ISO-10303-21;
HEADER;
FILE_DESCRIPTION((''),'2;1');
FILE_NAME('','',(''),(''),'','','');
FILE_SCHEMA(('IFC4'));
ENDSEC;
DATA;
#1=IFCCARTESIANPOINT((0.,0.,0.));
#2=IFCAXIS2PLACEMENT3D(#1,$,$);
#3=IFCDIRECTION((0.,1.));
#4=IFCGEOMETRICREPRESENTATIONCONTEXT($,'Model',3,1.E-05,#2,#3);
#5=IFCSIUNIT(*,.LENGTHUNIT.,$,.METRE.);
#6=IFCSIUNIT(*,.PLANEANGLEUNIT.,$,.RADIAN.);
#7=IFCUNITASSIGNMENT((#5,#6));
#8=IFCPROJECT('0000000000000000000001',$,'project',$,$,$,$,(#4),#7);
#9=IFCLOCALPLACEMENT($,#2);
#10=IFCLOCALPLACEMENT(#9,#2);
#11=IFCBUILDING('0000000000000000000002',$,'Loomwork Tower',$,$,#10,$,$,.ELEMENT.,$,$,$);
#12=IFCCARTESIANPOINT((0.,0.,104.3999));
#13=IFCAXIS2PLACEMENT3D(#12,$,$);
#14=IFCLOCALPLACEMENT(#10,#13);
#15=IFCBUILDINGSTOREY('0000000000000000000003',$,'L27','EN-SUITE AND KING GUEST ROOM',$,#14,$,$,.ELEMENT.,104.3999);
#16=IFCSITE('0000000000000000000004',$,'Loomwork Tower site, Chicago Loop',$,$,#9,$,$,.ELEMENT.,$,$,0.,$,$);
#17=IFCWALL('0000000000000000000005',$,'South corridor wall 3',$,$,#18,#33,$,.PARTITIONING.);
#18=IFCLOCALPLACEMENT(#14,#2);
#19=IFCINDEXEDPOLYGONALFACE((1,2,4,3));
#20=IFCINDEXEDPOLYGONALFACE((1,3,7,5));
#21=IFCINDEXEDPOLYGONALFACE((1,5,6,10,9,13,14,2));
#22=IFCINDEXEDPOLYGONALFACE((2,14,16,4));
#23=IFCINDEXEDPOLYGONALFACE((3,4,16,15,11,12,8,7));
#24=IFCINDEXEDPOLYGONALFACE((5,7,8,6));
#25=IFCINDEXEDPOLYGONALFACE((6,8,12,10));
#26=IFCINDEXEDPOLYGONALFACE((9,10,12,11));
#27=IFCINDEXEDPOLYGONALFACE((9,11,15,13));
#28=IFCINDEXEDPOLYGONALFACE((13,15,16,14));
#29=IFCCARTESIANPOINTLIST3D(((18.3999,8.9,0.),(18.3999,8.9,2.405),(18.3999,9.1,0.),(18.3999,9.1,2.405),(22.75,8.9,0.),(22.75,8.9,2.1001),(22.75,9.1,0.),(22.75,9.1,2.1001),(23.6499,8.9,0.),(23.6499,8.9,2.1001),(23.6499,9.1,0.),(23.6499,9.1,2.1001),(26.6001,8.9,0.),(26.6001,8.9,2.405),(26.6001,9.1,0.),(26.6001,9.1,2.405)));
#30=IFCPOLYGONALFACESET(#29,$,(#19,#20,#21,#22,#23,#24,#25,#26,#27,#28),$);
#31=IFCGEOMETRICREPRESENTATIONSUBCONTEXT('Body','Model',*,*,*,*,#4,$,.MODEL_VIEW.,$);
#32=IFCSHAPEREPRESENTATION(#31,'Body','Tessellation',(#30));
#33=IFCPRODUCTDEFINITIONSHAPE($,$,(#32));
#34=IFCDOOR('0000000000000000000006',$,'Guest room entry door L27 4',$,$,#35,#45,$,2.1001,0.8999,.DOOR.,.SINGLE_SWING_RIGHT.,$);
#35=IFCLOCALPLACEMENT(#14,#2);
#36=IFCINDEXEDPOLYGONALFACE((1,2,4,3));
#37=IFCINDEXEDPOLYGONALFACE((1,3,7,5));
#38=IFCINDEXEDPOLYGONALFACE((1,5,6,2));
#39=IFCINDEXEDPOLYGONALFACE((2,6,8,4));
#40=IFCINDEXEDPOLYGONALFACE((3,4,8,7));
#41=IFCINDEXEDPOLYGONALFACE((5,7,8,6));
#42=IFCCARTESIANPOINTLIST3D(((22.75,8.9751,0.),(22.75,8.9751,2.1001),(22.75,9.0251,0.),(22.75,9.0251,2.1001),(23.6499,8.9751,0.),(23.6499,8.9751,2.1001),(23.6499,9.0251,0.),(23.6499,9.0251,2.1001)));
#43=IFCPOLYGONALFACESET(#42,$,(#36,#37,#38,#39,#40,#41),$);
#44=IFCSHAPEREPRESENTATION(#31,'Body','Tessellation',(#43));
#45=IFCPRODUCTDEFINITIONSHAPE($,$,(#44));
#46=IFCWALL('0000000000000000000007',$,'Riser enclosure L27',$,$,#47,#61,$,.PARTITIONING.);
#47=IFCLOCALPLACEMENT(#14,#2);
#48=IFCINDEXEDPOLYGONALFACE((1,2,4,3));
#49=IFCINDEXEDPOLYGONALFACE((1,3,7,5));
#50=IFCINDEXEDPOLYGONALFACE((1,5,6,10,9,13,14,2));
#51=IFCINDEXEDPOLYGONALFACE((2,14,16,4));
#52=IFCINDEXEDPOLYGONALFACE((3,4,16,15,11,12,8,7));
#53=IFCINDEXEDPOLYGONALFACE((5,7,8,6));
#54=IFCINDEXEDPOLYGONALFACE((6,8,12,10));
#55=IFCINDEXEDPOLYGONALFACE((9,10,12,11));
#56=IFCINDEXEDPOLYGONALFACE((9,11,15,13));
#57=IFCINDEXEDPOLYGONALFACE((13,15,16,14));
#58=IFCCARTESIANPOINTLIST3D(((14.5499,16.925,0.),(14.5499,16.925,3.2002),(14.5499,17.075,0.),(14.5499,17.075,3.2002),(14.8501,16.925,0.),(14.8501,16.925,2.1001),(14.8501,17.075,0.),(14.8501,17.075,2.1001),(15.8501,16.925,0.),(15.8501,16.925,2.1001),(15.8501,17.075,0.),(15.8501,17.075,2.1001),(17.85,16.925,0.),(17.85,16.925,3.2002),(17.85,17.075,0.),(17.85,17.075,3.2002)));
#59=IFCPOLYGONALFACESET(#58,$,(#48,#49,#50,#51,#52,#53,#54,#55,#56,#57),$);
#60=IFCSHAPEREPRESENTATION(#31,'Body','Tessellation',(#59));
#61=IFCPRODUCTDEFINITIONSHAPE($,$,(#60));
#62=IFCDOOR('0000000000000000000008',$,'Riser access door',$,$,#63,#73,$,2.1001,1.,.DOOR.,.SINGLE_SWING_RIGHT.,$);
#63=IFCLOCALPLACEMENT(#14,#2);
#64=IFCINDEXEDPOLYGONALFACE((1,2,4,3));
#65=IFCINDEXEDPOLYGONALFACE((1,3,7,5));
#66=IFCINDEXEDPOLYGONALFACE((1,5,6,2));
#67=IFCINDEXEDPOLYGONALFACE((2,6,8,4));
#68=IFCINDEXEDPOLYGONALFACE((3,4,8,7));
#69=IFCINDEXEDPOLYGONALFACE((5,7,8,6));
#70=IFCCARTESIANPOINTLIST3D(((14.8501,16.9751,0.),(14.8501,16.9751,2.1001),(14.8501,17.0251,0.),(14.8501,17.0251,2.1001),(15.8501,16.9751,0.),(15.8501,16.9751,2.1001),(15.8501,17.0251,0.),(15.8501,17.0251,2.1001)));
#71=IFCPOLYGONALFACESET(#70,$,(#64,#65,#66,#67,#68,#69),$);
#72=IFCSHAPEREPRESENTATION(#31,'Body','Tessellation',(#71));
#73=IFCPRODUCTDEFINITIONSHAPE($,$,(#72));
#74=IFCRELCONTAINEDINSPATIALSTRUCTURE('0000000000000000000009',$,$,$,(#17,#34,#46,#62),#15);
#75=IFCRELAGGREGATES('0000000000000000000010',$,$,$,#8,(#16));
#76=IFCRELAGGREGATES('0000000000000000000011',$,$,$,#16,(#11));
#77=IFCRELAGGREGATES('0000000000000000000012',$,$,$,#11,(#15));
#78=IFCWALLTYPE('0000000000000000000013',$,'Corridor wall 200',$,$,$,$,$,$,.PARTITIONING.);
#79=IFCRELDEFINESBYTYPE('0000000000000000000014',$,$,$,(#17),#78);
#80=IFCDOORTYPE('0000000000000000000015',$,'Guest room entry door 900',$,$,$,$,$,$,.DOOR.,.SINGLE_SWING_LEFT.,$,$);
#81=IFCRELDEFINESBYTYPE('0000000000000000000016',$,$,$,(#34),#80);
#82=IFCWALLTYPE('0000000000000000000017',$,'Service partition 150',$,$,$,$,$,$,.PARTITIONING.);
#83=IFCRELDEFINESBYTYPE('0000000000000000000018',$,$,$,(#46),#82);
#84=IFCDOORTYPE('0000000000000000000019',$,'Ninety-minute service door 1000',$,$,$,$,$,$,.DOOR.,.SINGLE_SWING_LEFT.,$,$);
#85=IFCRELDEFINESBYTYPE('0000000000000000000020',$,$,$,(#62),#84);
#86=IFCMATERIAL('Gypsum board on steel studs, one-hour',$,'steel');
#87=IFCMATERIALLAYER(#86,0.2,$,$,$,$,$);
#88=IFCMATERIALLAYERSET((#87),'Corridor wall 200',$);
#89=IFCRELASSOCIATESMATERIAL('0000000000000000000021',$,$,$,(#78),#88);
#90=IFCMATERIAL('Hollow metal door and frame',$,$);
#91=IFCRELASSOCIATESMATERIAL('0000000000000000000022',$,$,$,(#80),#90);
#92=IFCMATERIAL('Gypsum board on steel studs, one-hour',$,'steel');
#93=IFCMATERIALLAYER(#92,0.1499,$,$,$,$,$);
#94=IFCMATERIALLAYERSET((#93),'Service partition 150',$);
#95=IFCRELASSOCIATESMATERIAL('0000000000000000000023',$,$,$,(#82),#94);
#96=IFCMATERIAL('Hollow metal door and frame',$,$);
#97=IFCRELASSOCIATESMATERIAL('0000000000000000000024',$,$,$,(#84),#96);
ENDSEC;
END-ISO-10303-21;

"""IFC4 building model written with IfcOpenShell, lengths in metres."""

from ifc_helpers import new_model, si_unit, direction, frame, frame_2d, origin, place, context, subcontext, project, spatial, rectangle, extrude, material, layer, layer_set, type_object, element, fill, save


model = new_model("IFC4")

# Units and contexts
model_context = context("Model", 3, precision=1e-05, world=origin(), true_north=direction((0.0, 1.0)))
body_context = subcontext(model_context, "Body", "Model", "MODEL_VIEW")
ifc_project = project(units=[si_unit("LENGTHUNIT", "METRE"), si_unit("PLANEANGLEUNIT", "RADIAN")], contexts=[model_context])

# Site, building, storey
site_placement = place(None, origin())
site = spatial("IfcSite", under=ifc_project, at=site_placement, Name="Loomwork Tower site, Chicago Loop", CompositionType="ELEMENT", RefElevation=0.0)
building_placement = place(site_placement, origin())
building = spatial("IfcBuilding", under=site, at=building_placement, Name="Loomwork Tower", CompositionType="ELEMENT")
storey_placement = place(building_placement, frame((0.0, 0.0, 104.3999)))
storey = spatial("IfcBuildingStorey", under=building, at=storey_placement, Name="L27", Description="EN-SUITE AND KING GUEST ROOM", CompositionType="ELEMENT", Elevation=104.3999)

# Walls, openings, doors
ifc_material_1 = material(Name="Gypsum board on steel studs, one-hour", Category="steel")
ifc_layer_1 = layer(ifc_material_1, 0.2)
ifc_layer_set_1 = layer_set([ifc_layer_1], Name="Corridor wall 200")
wall_type_1 = type_object("IfcWallType", Name="Corridor wall 200", PredefinedType="PARTITIONING", material=ifc_layer_set_1)
wall_1_placement = place(storey_placement, frame((18.3999, 9.0, 0.0), z_axis=(0.0, 0.0, 1.0), x_axis=(1.0, 0.0, 0.0)))
wall_1 = element("IfcWall", 1, at=wall_1_placement, inside=storey, type_object=wall_type_1, Name="South corridor wall 3", PredefinedType="PARTITIONING", context=body_context, shape_type="SweptSolid", body=[
    extrude(rectangle(XDim=8.2002, YDim=0.2, at=frame_2d((4.1001, 0.0))), origin(), (0.0, 0.0, 1.0), 2.405),
])
opening_1_placement = place(wall_1_placement, frame((4.3501, 0.0, 0.0)))
opening_1 = element("IfcOpeningElement", 2, at=opening_1_placement, cuts=wall_1, PredefinedType="OPENING", context=body_context, shape_type="SweptSolid", body=[
    extrude(rectangle(XDim=0.8999, YDim=2.1001, at=frame_2d((0.45, 1.05))), frame((0.0, 0.1099, 0.0), z_axis=(0.0, -1.0, 0.0), x_axis=(1.0, 0.0, 0.0)), (0.0, 0.0, 1.0), 0.22),
])
ifc_material_2 = material(Name="Hollow metal door and frame")
door_type_1 = type_object("IfcDoorType", Name="Guest room entry door 900", OperationType="SINGLE_SWING_LEFT", PredefinedType="DOOR", material=ifc_material_2)
door_1_placement = place(opening_1_placement, frame((0.8999, 0.0, 0.0), z_axis=(0.0, 0.0, 1.0), x_axis=(-1.0, 0.0, 0.0)))
door_1 = element("IfcDoor", 3, at=door_1_placement, inside=storey, type_object=door_type_1, Name="Guest room entry door L27 4", OperationType="SINGLE_SWING_RIGHT", OverallHeight=2.1001, OverallWidth=0.8999, PredefinedType="DOOR", context=body_context, shape_type="SweptSolid", body=[
    extrude(rectangle(XDim=0.8999, YDim=2.1001, at=frame_2d((0.45, 1.05))), frame((0.0, 0.0249, 0.0), z_axis=(0.0, -1.0, 0.0), x_axis=(1.0, 0.0, 0.0)), (0.0, 0.0, 1.0), 0.05),
])
fill(opening_1, door_1)
ifc_material_3 = material(Name="Gypsum board on steel studs, one-hour", Category="steel")
ifc_layer_2 = layer(ifc_material_3, 0.1499)
ifc_layer_set_2 = layer_set([ifc_layer_2], Name="Service partition 150")
wall_type_2 = type_object("IfcWallType", Name="Service partition 150", PredefinedType="PARTITIONING", material=ifc_layer_set_2)
wall_2_placement = place(storey_placement, frame((14.55, 17.0, 0.0), z_axis=(0.0, 0.0, 1.0), x_axis=(1.0, 0.0, 0.0)))
wall_2 = element("IfcWall", 4, at=wall_2_placement, inside=storey, type_object=wall_type_2, Name="Riser enclosure L27", PredefinedType="PARTITIONING", context=body_context, shape_type="SweptSolid", body=[
    extrude(rectangle(XDim=3.3, YDim=0.1499, at=frame_2d((1.6499, 0.0))), origin(), (0.0, 0.0, 1.0), 3.2002),
])
opening_2_placement = place(wall_2_placement, frame((0.3, 0.0, 0.0)))
opening_2 = element("IfcOpeningElement", 5, at=opening_2_placement, cuts=wall_2, PredefinedType="OPENING", context=body_context, shape_type="SweptSolid", body=[
    extrude(rectangle(XDim=1.0, YDim=2.1001, at=frame_2d((0.5, 1.05))), frame((0.0, 0.085, 0.0), z_axis=(0.0, -1.0, 0.0), x_axis=(1.0, 0.0, 0.0)), (0.0, 0.0, 1.0), 0.1699),
])
ifc_material_4 = material(Name="Hollow metal door and frame")
door_type_2 = type_object("IfcDoorType", Name="Ninety-minute service door 1000", OperationType="SINGLE_SWING_LEFT", PredefinedType="DOOR", material=ifc_material_4)
door_2_placement = place(opening_2_placement, frame((1.0, 0.0, 0.0), z_axis=(0.0, 0.0, 1.0), x_axis=(-1.0, 0.0, 0.0)))
door_2 = element("IfcDoor", 6, at=door_2_placement, inside=storey, type_object=door_type_2, Name="Riser access door", OperationType="SINGLE_SWING_RIGHT", OverallHeight=2.1001, OverallWidth=1.0, PredefinedType="DOOR", context=body_context, shape_type="SweptSolid", body=[
    extrude(rectangle(XDim=1.0, YDim=2.1001, at=frame_2d((0.5, 1.05))), frame((0.0, 0.0249, 0.0), z_axis=(0.0, -1.0, 0.0), x_axis=(1.0, 0.0, 0.0)), (0.0, 0.0, 1.0), 0.05),
])
fill(opening_2, door_2)

save(model, "model.ifc")
